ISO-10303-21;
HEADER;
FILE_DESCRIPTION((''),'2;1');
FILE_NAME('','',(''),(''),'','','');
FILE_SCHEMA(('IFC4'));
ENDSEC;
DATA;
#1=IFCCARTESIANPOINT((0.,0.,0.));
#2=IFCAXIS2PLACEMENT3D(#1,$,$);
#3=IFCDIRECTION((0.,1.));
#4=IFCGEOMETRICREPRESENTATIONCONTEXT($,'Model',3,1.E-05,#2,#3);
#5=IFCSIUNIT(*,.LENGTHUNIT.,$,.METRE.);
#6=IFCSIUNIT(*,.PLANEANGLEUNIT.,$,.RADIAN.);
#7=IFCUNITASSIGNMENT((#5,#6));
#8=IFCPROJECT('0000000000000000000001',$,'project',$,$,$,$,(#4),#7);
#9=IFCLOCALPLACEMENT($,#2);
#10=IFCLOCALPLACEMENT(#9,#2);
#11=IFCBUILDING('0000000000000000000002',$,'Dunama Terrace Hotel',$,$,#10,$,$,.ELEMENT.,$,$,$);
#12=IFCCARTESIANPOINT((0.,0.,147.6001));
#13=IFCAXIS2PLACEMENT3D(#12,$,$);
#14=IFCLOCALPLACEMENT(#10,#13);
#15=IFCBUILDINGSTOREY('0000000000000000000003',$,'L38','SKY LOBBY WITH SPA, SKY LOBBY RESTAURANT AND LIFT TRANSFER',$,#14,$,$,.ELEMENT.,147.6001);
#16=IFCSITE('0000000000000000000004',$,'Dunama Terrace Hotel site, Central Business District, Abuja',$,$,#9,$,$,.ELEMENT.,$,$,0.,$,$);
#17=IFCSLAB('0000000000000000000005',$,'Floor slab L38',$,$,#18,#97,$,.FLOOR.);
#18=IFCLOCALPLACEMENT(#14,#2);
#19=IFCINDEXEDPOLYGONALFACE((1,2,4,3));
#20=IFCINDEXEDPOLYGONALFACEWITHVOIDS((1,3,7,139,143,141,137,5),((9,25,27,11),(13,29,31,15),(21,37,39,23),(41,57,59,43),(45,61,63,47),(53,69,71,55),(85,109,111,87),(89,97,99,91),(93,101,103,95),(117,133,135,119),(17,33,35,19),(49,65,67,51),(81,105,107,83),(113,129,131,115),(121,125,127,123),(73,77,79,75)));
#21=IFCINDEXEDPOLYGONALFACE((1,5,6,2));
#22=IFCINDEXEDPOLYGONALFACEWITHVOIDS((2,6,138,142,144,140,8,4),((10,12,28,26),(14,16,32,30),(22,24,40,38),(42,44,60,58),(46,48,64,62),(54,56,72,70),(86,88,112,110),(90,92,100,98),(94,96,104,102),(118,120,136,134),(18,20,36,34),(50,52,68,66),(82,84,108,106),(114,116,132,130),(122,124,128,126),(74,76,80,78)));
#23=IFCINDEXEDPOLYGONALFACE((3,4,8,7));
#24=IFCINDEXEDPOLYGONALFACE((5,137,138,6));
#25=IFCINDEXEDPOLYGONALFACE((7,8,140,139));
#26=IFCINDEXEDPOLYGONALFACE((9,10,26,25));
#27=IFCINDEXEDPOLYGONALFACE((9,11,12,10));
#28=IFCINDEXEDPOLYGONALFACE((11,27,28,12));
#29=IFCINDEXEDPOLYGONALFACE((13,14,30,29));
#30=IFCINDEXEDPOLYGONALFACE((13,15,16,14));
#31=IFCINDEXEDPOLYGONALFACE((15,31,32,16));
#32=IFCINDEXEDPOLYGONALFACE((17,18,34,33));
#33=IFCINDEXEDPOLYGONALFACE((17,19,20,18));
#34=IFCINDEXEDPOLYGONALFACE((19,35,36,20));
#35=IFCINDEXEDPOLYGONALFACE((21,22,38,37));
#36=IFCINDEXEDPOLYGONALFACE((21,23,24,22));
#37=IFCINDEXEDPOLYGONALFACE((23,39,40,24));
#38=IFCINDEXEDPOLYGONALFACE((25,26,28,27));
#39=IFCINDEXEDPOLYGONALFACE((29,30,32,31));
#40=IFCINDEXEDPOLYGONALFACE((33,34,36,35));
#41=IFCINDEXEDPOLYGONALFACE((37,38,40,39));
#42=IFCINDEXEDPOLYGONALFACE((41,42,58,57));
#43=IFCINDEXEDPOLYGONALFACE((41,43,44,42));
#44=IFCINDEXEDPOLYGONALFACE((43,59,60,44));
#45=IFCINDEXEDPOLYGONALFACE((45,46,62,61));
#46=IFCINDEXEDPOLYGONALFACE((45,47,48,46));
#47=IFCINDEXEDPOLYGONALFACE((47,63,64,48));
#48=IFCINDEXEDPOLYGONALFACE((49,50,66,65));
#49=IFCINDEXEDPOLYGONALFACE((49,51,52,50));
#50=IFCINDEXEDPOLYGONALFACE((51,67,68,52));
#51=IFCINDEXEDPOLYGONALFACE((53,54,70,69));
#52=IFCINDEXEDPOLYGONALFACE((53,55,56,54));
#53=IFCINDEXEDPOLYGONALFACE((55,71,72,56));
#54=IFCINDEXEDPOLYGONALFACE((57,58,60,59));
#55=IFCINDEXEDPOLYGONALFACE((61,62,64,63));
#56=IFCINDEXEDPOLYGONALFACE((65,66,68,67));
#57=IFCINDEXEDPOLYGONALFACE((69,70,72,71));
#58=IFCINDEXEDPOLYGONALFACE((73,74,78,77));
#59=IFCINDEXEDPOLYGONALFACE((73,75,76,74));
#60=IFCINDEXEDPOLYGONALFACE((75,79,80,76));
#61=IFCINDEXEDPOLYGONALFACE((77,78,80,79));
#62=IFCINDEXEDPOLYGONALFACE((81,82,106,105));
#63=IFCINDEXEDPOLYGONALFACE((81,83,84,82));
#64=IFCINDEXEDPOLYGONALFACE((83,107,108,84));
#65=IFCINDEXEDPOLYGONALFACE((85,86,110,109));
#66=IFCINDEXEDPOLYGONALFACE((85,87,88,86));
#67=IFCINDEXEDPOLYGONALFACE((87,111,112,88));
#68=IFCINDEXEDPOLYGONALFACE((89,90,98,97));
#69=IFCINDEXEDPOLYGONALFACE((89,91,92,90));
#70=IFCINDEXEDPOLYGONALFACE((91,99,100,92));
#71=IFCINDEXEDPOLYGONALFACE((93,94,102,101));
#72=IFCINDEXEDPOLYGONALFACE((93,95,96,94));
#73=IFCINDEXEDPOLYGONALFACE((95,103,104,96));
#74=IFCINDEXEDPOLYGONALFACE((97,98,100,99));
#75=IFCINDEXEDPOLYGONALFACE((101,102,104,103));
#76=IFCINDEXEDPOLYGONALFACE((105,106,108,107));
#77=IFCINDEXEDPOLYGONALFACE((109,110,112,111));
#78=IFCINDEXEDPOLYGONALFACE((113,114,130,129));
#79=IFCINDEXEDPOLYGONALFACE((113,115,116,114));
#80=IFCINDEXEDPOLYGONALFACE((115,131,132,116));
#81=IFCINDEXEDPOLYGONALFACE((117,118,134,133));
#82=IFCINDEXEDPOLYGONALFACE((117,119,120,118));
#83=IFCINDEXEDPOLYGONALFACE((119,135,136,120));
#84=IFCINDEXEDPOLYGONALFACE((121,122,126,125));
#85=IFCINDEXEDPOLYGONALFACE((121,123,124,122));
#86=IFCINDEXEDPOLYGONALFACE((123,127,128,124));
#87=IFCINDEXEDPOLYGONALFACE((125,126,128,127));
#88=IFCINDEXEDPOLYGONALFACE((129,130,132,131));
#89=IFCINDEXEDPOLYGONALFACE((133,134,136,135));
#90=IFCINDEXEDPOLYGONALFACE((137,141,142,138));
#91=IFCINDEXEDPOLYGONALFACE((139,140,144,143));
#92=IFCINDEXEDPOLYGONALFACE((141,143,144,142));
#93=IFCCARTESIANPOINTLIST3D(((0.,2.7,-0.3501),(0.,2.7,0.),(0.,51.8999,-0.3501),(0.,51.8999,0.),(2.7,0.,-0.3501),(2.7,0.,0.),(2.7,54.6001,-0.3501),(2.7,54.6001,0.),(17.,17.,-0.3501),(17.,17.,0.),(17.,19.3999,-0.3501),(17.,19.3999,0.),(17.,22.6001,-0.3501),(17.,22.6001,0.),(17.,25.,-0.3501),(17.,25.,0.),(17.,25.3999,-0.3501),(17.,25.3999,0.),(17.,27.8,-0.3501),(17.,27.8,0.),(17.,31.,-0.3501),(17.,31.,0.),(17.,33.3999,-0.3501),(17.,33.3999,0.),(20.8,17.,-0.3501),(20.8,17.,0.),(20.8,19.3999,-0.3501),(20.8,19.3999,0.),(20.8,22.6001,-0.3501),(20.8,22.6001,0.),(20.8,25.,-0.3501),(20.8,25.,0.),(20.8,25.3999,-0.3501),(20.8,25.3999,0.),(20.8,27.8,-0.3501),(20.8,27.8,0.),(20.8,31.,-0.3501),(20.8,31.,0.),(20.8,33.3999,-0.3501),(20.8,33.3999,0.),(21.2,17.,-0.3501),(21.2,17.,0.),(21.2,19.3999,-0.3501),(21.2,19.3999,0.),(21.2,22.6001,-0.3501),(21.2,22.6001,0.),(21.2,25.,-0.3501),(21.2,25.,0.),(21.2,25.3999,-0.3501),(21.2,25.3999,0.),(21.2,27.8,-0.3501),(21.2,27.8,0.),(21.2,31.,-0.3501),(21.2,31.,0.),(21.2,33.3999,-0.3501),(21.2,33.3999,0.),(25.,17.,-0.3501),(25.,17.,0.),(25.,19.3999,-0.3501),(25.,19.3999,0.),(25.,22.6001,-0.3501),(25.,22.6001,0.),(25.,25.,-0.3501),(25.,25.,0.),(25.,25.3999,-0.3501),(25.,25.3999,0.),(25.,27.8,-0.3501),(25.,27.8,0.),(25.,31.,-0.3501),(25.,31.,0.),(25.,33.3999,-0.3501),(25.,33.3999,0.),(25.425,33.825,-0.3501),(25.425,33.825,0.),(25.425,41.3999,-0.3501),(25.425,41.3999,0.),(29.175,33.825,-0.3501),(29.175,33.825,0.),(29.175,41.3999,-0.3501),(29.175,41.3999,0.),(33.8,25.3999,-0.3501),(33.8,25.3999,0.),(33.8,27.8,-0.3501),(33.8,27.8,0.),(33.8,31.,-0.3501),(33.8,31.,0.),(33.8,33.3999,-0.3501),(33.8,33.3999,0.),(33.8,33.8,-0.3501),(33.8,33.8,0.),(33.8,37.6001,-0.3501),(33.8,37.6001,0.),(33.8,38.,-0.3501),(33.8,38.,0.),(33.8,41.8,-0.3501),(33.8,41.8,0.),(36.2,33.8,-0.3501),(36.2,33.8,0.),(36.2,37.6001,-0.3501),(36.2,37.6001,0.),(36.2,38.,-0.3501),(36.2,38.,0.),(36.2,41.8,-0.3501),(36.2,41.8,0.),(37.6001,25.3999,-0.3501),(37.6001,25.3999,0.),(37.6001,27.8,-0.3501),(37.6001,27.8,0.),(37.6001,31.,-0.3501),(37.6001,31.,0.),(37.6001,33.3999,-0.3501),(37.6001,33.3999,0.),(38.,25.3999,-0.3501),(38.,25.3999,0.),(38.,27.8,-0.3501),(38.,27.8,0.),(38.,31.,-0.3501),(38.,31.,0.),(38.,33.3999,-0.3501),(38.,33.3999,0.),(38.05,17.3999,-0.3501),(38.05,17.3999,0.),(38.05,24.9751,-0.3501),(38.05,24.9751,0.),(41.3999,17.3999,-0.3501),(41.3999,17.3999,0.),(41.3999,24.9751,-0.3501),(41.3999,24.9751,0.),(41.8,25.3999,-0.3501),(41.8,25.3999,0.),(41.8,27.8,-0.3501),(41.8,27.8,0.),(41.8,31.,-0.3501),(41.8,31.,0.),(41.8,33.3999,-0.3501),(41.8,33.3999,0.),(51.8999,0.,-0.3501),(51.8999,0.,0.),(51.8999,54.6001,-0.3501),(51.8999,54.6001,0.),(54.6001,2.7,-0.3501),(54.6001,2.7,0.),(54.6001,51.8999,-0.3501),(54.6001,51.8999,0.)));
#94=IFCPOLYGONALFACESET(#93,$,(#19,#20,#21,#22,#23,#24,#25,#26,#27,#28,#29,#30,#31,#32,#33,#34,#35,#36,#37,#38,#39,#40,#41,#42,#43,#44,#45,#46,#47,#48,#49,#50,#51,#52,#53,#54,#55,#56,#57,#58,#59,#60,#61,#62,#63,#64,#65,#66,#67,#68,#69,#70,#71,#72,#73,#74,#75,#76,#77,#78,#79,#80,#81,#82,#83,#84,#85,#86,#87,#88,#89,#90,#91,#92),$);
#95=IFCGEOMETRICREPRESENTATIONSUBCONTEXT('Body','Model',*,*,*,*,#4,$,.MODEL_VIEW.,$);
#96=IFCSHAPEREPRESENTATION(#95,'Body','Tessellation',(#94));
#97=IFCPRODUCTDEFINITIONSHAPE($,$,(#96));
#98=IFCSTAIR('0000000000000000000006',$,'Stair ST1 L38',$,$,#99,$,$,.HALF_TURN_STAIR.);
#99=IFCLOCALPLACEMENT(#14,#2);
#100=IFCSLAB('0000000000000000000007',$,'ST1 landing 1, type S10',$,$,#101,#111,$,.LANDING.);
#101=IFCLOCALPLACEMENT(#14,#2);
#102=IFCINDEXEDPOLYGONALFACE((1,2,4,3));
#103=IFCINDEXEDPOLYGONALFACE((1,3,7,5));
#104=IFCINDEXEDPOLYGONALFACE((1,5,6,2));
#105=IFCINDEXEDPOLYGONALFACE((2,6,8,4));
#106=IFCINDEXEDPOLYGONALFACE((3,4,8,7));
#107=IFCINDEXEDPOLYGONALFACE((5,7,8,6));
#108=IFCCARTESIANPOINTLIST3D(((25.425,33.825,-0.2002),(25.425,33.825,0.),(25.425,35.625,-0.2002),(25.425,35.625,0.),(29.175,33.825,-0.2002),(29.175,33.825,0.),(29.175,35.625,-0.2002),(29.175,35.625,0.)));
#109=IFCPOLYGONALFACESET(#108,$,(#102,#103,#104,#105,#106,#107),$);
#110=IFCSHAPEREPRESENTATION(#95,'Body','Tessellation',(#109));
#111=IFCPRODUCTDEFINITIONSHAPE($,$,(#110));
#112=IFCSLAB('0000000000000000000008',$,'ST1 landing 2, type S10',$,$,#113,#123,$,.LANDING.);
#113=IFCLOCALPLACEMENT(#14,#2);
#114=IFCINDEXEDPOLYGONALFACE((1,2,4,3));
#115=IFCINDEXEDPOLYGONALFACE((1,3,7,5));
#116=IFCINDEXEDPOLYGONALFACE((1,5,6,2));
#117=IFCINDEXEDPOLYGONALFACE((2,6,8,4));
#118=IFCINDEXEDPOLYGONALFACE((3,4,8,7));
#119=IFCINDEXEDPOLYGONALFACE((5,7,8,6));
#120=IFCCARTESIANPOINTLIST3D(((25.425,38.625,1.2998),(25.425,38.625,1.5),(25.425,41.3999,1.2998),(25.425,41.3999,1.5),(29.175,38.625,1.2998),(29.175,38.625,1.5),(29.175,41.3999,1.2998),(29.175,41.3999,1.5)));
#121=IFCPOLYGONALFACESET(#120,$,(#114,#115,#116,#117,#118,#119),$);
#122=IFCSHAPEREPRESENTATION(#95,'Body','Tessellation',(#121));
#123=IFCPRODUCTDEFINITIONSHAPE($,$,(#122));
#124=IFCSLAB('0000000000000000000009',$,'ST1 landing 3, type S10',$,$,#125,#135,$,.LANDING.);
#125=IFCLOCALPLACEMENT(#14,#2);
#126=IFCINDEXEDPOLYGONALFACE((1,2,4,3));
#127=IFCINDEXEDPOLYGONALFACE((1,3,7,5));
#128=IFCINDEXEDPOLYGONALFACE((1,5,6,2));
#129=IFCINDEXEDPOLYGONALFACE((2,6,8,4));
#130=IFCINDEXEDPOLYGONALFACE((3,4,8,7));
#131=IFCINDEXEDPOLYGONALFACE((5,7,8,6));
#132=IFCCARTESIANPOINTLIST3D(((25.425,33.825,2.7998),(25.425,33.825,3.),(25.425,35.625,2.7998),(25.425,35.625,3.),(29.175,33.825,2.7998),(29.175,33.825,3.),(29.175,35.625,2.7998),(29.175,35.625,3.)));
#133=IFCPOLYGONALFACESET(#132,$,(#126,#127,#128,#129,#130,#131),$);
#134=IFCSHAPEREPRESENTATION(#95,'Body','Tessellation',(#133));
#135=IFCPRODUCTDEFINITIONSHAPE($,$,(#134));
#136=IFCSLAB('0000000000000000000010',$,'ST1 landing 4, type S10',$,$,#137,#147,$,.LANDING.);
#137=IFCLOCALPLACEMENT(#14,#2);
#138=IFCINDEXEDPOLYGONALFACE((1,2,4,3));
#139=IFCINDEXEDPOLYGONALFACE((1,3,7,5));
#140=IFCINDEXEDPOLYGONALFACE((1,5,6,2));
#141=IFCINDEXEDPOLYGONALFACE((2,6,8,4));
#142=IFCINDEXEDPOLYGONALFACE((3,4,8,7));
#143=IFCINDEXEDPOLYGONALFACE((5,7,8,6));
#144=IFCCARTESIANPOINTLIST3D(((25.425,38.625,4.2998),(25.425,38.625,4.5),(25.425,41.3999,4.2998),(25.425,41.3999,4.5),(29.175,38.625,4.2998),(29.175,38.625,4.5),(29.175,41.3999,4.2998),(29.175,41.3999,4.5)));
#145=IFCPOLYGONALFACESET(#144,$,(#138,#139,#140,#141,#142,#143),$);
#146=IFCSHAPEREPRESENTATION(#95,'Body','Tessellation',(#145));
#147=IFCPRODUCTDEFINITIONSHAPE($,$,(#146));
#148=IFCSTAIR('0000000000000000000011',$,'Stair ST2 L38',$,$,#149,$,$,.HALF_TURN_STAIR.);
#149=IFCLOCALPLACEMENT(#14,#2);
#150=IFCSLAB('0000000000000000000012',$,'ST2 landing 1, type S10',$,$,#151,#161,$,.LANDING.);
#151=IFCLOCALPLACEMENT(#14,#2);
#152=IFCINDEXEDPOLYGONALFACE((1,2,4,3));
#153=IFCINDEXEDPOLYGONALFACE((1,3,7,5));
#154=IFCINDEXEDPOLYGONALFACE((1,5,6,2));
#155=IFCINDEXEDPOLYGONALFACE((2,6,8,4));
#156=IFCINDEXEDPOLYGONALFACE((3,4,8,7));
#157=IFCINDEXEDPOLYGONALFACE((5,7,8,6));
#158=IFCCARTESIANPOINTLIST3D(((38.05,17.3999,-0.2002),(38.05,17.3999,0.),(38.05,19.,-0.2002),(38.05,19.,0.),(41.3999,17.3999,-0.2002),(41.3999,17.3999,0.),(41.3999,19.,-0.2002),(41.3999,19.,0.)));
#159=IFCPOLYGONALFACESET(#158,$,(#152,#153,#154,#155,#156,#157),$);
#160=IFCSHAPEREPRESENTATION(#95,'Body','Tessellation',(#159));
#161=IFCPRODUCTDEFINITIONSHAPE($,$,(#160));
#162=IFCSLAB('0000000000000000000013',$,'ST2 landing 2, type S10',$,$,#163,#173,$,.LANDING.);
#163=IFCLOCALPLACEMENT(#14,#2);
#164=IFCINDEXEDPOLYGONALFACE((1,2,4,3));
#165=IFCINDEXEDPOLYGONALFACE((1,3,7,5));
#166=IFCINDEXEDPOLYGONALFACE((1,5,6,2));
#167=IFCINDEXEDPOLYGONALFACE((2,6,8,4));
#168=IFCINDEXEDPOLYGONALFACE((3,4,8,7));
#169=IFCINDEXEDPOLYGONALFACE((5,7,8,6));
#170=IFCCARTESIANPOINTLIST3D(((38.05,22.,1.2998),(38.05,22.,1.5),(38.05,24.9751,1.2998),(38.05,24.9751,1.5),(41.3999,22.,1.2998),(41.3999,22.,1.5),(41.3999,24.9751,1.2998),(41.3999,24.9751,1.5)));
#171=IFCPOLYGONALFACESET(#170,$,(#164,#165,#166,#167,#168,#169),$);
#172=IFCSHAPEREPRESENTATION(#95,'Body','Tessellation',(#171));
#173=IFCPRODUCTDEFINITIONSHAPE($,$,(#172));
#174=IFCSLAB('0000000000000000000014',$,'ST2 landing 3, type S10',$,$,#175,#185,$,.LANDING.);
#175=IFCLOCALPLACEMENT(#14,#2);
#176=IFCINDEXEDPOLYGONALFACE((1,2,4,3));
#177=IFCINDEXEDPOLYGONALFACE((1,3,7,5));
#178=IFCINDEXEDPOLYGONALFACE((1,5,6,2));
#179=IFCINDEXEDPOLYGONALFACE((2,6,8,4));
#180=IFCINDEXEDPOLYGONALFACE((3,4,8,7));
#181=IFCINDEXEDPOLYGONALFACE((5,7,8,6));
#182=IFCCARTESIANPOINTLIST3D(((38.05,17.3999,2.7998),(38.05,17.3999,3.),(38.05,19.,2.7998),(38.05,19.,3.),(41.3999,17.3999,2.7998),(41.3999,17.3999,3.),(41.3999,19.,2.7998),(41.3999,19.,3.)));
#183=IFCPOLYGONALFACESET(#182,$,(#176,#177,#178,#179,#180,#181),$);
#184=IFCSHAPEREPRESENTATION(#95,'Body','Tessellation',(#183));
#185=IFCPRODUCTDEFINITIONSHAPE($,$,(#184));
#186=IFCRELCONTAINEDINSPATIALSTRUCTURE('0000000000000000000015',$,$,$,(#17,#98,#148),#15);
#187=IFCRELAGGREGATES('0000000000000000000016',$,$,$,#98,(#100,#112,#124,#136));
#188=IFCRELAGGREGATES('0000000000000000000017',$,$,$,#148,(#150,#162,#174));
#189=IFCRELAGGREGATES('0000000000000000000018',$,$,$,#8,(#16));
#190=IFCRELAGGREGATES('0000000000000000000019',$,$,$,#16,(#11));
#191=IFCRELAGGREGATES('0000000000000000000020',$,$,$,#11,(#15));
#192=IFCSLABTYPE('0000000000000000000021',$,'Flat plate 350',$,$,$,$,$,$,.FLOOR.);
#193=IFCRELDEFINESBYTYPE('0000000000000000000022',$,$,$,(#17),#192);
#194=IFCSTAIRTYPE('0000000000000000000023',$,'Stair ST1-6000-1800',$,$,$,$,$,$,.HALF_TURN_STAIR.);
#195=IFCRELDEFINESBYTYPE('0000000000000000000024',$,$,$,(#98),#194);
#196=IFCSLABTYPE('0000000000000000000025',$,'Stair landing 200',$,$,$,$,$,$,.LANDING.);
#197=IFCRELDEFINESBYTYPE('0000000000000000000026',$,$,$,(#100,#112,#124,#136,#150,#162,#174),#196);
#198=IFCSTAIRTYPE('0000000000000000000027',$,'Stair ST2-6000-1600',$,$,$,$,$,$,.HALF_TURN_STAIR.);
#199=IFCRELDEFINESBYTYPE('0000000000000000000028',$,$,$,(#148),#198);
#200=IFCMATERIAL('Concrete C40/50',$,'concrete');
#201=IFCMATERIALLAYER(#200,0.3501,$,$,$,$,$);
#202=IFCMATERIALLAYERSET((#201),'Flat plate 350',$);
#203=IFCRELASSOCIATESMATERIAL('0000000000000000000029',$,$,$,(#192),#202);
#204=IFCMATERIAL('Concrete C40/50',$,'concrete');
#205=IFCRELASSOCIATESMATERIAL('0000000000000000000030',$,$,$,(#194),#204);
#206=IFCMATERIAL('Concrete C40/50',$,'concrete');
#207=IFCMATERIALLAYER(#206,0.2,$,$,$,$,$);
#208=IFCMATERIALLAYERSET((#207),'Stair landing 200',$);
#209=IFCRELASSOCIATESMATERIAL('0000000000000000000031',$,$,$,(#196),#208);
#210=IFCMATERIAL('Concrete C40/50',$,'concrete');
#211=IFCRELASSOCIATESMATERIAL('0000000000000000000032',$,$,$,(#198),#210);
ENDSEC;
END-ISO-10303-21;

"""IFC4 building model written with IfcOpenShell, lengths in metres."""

from ifc_helpers import new_model, si_unit, direction, frame, origin, place, context, subcontext, project, spatial, polyline, outline, extrude, material, layer, layer_set, type_object, element, aggregate, save


model = new_model("IFC4")

# Units and contexts
model_context = context("Model", 3, precision=1e-05, world=origin(), true_north=direction((0.0, 1.0)))
body_context = subcontext(model_context, "Body", "Model", "MODEL_VIEW")
ifc_project = project(units=[si_unit("LENGTHUNIT", "METRE"), si_unit("PLANEANGLEUNIT", "RADIAN")], contexts=[model_context])

# Site, building, storey
site_placement = place(None, origin())
site = spatial("IfcSite", under=ifc_project, at=site_placement, Name="Dunama Terrace Hotel site, Central Business District, Abuja", CompositionType="ELEMENT", RefElevation=0.0)
building_placement = place(site_placement, origin())
building = spatial("IfcBuilding", under=site, at=building_placement, Name="Dunama Terrace Hotel", CompositionType="ELEMENT")
storey_placement = place(building_placement, frame((0.0, 0.0, 147.6001)))
storey = spatial("IfcBuildingStorey", under=building, at=storey_placement, Name="L38", Description="SKY LOBBY WITH SPA, SKY LOBBY RESTAURANT AND LIFT TRANSFER", CompositionType="ELEMENT", Elevation=147.6001)

# Slab
ifc_material_1 = material(Name="Concrete C40/50", Category="concrete")
ifc_layer_1 = layer(ifc_material_1, 0.3501)
ifc_layer_set_1 = layer_set([ifc_layer_1], Name="Flat plate 350")
slab_type_1 = type_object("IfcSlabType", Name="Flat plate 350", PredefinedType="FLOOR", material=ifc_layer_set_1)
slab_1_placement = place(storey_placement, frame((0.0, 0.0, -0.3501)))
element("IfcSlab", 1, at=slab_1_placement, inside=storey, type_object=slab_type_1, Name="Floor slab L38", PredefinedType="FLOOR", context=body_context, shape_type="SweptSolid", body=[
    extrude(outline(polyline([(2.7, 0.0), (51.8999, 0.0), (54.6001, 2.7), (54.6001, 51.8999), (51.8999, 54.6001), (2.7, 54.6001), (0.0, 51.8999), (0.0, 2.7), (2.7, 0.0)]), holes=[polyline([(37.6001, 25.3999), (37.6001, 27.8), (33.8, 27.8), (33.8, 25.3999), (37.6001, 25.3999)]), polyline([(41.8, 25.3999), (41.8, 27.8), (38.0, 27.8), (38.0, 25.3999), (41.8, 25.3999)]), polyline([(20.8, 17.0), (20.8, 19.3999), (17.0, 19.3999), (17.0, 17.0), (20.8, 17.0)]), polyline([(25.0, 17.0), (25.0, 19.3999), (21.2, 19.3999), (21.2, 17.0), (25.0, 17.0)]), polyline([(20.8, 22.6001), (20.8, 25.0), (17.0, 25.0), (17.0, 22.6001), (20.8, 22.6001)]), polyline([(25.0, 22.6001), (25.0, 25.0), (21.2, 25.0), (21.2, 22.6001), (25.0, 22.6001)]), polyline([(20.8, 25.3999), (20.8, 27.8), (17.0, 27.8), (17.0, 25.3999), (20.8, 25.3999)]), polyline([(25.0, 25.3999), (25.0, 27.8), (21.2, 27.8), (21.2, 25.3999), (25.0, 25.3999)]), polyline([(20.8, 31.0), (20.8, 33.3999), (17.0, 33.3999), (17.0, 31.0), (20.8, 31.0)]), polyline([(25.0, 31.0), (25.0, 33.3999), (21.2, 33.3999), (21.2, 31.0), (25.0, 31.0)]), polyline([(37.6001, 31.0), (37.6001, 33.3999), (33.8, 33.3999), (33.8, 31.0), (37.6001, 31.0)]), polyline([(41.8, 31.0), (41.8, 33.3999), (38.0, 33.3999), (38.0, 31.0), (41.8, 31.0)]), polyline([(36.2, 38.0), (36.2, 41.8), (33.8, 41.8), (33.8, 38.0), (36.2, 38.0)]), polyline([(36.2, 33.8), (36.2, 37.6001), (33.8, 37.6001), (33.8, 33.8), (36.2, 33.8)]), polyline([(29.175, 33.825), (29.175, 41.3999), (25.425, 41.3999), (25.425, 33.825), (29.175, 33.825)]), polyline([(41.3999, 17.3999), (41.3999, 24.9751), (38.05, 24.9751), (38.05, 17.3999), (41.3999, 17.3999)])]), origin(), (0.0, 0.0, 1.0), 0.3501),
])

# Stairs, slabs
ifc_material_2 = material(Name="Concrete C40/50", Category="concrete")
stair_type_1 = type_object("IfcStairType", Name="Stair ST1-6000-1800", PredefinedType="HALF_TURN_STAIR", material=ifc_material_2)
stair_1_placement = place(storey_placement, origin())
stair_1 = element("IfcStair", 2, at=stair_1_placement, inside=storey, type_object=stair_type_1, Name="Stair ST1 L38", PredefinedType="HALF_TURN_STAIR")
ifc_material_3 = material(Name="Concrete C40/50", Category="concrete")
ifc_layer_2 = layer(ifc_material_3, 0.2)
ifc_layer_set_2 = layer_set([ifc_layer_2], Name="Stair landing 200")
slab_type_2 = type_object("IfcSlabType", Name="Stair landing 200", PredefinedType="LANDING", material=ifc_layer_set_2)
slab_2_placement = place(storey_placement, frame((0.0, 0.0, -0.2002)))
slab_2 = element("IfcSlab", 3, at=slab_2_placement, type_object=slab_type_2, Name="ST1 landing 1, type S10", PredefinedType="LANDING", context=body_context, shape_type="SweptSolid", body=[
    extrude(outline(polyline([(25.425, 33.825), (29.175, 33.825), (29.175, 35.625), (25.425, 35.625), (25.425, 33.825)])), origin(), (0.0, 0.0, 1.0), 0.2002),
])
slab_3_placement = place(storey_placement, frame((0.0, 0.0, 1.2998)))
slab_3 = element("IfcSlab", 4, at=slab_3_placement, type_object=slab_type_2, Name="ST1 landing 2, type S10", PredefinedType="LANDING", context=body_context, shape_type="SweptSolid", body=[
    extrude(outline(polyline([(25.425, 38.625), (29.175, 38.625), (29.175, 41.3999), (25.425, 41.3999), (25.425, 38.625)])), origin(), (0.0, 0.0, 1.0), 0.2002),
])
slab_4_placement = place(storey_placement, frame((0.0, 0.0, 2.7998)))
slab_4 = element("IfcSlab", 5, at=slab_4_placement, type_object=slab_type_2, Name="ST1 landing 3, type S10", PredefinedType="LANDING", context=body_context, shape_type="SweptSolid", body=[
    extrude(outline(polyline([(25.425, 33.825), (29.175, 33.825), (29.175, 35.625), (25.425, 35.625), (25.425, 33.825)])), origin(), (0.0, 0.0, 1.0), 0.2002),
])
slab_5_placement = place(storey_placement, frame((0.0, 0.0, 4.2998)))
slab_5 = element("IfcSlab", 6, at=slab_5_placement, type_object=slab_type_2, Name="ST1 landing 4, type S10", PredefinedType="LANDING", context=body_context, shape_type="SweptSolid", body=[
    extrude(outline(polyline([(25.425, 38.625), (29.175, 38.625), (29.175, 41.3999), (25.425, 41.3999), (25.425, 38.625)])), origin(), (0.0, 0.0, 1.0), 0.2002),
])
aggregate(stair_1, [slab_2, slab_3, slab_4, slab_5])
ifc_material_4 = material(Name="Concrete C40/50", Category="concrete")
stair_type_2 = type_object("IfcStairType", Name="Stair ST2-6000-1600", PredefinedType="HALF_TURN_STAIR", material=ifc_material_4)
stair_2_placement = place(storey_placement, origin())
stair_2 = element("IfcStair", 7, at=stair_2_placement, inside=storey, type_object=stair_type_2, Name="Stair ST2 L38", PredefinedType="HALF_TURN_STAIR")
slab_6_placement = place(storey_placement, frame((0.0, 0.0, -0.2002)))
slab_6 = element("IfcSlab", 8, at=slab_6_placement, type_object=slab_type_2, Name="ST2 landing 1, type S10", PredefinedType="LANDING", context=body_context, shape_type="SweptSolid", body=[
    extrude(outline(polyline([(38.05, 17.3999), (41.3999, 17.3999), (41.3999, 19.0), (38.05, 19.0), (38.05, 17.3999)])), origin(), (0.0, 0.0, 1.0), 0.2002),
])
slab_7_placement = place(storey_placement, frame((0.0, 0.0, 1.2998)))
slab_7 = element("IfcSlab", 9, at=slab_7_placement, type_object=slab_type_2, Name="ST2 landing 2, type S10", PredefinedType="LANDING", context=body_context, shape_type="SweptSolid", body=[
    extrude(outline(polyline([(38.05, 22.0), (41.3999, 22.0), (41.3999, 24.9751), (38.05, 24.9751), (38.05, 22.0)])), origin(), (0.0, 0.0, 1.0), 0.2002),
])
slab_8_placement = place(storey_placement, frame((0.0, 0.0, 2.7998)))
slab_8 = element("IfcSlab", 10, at=slab_8_placement, type_object=slab_type_2, Name="ST2 landing 3, type S10", PredefinedType="LANDING", context=body_context, shape_type="SweptSolid", body=[
    extrude(outline(polyline([(38.05, 17.3999), (41.3999, 17.3999), (41.3999, 19.0), (38.05, 19.0), (38.05, 17.3999)])), origin(), (0.0, 0.0, 1.0), 0.2002),
])
aggregate(stair_2, [slab_6, slab_7, slab_8])

save(model, "model.ifc")
